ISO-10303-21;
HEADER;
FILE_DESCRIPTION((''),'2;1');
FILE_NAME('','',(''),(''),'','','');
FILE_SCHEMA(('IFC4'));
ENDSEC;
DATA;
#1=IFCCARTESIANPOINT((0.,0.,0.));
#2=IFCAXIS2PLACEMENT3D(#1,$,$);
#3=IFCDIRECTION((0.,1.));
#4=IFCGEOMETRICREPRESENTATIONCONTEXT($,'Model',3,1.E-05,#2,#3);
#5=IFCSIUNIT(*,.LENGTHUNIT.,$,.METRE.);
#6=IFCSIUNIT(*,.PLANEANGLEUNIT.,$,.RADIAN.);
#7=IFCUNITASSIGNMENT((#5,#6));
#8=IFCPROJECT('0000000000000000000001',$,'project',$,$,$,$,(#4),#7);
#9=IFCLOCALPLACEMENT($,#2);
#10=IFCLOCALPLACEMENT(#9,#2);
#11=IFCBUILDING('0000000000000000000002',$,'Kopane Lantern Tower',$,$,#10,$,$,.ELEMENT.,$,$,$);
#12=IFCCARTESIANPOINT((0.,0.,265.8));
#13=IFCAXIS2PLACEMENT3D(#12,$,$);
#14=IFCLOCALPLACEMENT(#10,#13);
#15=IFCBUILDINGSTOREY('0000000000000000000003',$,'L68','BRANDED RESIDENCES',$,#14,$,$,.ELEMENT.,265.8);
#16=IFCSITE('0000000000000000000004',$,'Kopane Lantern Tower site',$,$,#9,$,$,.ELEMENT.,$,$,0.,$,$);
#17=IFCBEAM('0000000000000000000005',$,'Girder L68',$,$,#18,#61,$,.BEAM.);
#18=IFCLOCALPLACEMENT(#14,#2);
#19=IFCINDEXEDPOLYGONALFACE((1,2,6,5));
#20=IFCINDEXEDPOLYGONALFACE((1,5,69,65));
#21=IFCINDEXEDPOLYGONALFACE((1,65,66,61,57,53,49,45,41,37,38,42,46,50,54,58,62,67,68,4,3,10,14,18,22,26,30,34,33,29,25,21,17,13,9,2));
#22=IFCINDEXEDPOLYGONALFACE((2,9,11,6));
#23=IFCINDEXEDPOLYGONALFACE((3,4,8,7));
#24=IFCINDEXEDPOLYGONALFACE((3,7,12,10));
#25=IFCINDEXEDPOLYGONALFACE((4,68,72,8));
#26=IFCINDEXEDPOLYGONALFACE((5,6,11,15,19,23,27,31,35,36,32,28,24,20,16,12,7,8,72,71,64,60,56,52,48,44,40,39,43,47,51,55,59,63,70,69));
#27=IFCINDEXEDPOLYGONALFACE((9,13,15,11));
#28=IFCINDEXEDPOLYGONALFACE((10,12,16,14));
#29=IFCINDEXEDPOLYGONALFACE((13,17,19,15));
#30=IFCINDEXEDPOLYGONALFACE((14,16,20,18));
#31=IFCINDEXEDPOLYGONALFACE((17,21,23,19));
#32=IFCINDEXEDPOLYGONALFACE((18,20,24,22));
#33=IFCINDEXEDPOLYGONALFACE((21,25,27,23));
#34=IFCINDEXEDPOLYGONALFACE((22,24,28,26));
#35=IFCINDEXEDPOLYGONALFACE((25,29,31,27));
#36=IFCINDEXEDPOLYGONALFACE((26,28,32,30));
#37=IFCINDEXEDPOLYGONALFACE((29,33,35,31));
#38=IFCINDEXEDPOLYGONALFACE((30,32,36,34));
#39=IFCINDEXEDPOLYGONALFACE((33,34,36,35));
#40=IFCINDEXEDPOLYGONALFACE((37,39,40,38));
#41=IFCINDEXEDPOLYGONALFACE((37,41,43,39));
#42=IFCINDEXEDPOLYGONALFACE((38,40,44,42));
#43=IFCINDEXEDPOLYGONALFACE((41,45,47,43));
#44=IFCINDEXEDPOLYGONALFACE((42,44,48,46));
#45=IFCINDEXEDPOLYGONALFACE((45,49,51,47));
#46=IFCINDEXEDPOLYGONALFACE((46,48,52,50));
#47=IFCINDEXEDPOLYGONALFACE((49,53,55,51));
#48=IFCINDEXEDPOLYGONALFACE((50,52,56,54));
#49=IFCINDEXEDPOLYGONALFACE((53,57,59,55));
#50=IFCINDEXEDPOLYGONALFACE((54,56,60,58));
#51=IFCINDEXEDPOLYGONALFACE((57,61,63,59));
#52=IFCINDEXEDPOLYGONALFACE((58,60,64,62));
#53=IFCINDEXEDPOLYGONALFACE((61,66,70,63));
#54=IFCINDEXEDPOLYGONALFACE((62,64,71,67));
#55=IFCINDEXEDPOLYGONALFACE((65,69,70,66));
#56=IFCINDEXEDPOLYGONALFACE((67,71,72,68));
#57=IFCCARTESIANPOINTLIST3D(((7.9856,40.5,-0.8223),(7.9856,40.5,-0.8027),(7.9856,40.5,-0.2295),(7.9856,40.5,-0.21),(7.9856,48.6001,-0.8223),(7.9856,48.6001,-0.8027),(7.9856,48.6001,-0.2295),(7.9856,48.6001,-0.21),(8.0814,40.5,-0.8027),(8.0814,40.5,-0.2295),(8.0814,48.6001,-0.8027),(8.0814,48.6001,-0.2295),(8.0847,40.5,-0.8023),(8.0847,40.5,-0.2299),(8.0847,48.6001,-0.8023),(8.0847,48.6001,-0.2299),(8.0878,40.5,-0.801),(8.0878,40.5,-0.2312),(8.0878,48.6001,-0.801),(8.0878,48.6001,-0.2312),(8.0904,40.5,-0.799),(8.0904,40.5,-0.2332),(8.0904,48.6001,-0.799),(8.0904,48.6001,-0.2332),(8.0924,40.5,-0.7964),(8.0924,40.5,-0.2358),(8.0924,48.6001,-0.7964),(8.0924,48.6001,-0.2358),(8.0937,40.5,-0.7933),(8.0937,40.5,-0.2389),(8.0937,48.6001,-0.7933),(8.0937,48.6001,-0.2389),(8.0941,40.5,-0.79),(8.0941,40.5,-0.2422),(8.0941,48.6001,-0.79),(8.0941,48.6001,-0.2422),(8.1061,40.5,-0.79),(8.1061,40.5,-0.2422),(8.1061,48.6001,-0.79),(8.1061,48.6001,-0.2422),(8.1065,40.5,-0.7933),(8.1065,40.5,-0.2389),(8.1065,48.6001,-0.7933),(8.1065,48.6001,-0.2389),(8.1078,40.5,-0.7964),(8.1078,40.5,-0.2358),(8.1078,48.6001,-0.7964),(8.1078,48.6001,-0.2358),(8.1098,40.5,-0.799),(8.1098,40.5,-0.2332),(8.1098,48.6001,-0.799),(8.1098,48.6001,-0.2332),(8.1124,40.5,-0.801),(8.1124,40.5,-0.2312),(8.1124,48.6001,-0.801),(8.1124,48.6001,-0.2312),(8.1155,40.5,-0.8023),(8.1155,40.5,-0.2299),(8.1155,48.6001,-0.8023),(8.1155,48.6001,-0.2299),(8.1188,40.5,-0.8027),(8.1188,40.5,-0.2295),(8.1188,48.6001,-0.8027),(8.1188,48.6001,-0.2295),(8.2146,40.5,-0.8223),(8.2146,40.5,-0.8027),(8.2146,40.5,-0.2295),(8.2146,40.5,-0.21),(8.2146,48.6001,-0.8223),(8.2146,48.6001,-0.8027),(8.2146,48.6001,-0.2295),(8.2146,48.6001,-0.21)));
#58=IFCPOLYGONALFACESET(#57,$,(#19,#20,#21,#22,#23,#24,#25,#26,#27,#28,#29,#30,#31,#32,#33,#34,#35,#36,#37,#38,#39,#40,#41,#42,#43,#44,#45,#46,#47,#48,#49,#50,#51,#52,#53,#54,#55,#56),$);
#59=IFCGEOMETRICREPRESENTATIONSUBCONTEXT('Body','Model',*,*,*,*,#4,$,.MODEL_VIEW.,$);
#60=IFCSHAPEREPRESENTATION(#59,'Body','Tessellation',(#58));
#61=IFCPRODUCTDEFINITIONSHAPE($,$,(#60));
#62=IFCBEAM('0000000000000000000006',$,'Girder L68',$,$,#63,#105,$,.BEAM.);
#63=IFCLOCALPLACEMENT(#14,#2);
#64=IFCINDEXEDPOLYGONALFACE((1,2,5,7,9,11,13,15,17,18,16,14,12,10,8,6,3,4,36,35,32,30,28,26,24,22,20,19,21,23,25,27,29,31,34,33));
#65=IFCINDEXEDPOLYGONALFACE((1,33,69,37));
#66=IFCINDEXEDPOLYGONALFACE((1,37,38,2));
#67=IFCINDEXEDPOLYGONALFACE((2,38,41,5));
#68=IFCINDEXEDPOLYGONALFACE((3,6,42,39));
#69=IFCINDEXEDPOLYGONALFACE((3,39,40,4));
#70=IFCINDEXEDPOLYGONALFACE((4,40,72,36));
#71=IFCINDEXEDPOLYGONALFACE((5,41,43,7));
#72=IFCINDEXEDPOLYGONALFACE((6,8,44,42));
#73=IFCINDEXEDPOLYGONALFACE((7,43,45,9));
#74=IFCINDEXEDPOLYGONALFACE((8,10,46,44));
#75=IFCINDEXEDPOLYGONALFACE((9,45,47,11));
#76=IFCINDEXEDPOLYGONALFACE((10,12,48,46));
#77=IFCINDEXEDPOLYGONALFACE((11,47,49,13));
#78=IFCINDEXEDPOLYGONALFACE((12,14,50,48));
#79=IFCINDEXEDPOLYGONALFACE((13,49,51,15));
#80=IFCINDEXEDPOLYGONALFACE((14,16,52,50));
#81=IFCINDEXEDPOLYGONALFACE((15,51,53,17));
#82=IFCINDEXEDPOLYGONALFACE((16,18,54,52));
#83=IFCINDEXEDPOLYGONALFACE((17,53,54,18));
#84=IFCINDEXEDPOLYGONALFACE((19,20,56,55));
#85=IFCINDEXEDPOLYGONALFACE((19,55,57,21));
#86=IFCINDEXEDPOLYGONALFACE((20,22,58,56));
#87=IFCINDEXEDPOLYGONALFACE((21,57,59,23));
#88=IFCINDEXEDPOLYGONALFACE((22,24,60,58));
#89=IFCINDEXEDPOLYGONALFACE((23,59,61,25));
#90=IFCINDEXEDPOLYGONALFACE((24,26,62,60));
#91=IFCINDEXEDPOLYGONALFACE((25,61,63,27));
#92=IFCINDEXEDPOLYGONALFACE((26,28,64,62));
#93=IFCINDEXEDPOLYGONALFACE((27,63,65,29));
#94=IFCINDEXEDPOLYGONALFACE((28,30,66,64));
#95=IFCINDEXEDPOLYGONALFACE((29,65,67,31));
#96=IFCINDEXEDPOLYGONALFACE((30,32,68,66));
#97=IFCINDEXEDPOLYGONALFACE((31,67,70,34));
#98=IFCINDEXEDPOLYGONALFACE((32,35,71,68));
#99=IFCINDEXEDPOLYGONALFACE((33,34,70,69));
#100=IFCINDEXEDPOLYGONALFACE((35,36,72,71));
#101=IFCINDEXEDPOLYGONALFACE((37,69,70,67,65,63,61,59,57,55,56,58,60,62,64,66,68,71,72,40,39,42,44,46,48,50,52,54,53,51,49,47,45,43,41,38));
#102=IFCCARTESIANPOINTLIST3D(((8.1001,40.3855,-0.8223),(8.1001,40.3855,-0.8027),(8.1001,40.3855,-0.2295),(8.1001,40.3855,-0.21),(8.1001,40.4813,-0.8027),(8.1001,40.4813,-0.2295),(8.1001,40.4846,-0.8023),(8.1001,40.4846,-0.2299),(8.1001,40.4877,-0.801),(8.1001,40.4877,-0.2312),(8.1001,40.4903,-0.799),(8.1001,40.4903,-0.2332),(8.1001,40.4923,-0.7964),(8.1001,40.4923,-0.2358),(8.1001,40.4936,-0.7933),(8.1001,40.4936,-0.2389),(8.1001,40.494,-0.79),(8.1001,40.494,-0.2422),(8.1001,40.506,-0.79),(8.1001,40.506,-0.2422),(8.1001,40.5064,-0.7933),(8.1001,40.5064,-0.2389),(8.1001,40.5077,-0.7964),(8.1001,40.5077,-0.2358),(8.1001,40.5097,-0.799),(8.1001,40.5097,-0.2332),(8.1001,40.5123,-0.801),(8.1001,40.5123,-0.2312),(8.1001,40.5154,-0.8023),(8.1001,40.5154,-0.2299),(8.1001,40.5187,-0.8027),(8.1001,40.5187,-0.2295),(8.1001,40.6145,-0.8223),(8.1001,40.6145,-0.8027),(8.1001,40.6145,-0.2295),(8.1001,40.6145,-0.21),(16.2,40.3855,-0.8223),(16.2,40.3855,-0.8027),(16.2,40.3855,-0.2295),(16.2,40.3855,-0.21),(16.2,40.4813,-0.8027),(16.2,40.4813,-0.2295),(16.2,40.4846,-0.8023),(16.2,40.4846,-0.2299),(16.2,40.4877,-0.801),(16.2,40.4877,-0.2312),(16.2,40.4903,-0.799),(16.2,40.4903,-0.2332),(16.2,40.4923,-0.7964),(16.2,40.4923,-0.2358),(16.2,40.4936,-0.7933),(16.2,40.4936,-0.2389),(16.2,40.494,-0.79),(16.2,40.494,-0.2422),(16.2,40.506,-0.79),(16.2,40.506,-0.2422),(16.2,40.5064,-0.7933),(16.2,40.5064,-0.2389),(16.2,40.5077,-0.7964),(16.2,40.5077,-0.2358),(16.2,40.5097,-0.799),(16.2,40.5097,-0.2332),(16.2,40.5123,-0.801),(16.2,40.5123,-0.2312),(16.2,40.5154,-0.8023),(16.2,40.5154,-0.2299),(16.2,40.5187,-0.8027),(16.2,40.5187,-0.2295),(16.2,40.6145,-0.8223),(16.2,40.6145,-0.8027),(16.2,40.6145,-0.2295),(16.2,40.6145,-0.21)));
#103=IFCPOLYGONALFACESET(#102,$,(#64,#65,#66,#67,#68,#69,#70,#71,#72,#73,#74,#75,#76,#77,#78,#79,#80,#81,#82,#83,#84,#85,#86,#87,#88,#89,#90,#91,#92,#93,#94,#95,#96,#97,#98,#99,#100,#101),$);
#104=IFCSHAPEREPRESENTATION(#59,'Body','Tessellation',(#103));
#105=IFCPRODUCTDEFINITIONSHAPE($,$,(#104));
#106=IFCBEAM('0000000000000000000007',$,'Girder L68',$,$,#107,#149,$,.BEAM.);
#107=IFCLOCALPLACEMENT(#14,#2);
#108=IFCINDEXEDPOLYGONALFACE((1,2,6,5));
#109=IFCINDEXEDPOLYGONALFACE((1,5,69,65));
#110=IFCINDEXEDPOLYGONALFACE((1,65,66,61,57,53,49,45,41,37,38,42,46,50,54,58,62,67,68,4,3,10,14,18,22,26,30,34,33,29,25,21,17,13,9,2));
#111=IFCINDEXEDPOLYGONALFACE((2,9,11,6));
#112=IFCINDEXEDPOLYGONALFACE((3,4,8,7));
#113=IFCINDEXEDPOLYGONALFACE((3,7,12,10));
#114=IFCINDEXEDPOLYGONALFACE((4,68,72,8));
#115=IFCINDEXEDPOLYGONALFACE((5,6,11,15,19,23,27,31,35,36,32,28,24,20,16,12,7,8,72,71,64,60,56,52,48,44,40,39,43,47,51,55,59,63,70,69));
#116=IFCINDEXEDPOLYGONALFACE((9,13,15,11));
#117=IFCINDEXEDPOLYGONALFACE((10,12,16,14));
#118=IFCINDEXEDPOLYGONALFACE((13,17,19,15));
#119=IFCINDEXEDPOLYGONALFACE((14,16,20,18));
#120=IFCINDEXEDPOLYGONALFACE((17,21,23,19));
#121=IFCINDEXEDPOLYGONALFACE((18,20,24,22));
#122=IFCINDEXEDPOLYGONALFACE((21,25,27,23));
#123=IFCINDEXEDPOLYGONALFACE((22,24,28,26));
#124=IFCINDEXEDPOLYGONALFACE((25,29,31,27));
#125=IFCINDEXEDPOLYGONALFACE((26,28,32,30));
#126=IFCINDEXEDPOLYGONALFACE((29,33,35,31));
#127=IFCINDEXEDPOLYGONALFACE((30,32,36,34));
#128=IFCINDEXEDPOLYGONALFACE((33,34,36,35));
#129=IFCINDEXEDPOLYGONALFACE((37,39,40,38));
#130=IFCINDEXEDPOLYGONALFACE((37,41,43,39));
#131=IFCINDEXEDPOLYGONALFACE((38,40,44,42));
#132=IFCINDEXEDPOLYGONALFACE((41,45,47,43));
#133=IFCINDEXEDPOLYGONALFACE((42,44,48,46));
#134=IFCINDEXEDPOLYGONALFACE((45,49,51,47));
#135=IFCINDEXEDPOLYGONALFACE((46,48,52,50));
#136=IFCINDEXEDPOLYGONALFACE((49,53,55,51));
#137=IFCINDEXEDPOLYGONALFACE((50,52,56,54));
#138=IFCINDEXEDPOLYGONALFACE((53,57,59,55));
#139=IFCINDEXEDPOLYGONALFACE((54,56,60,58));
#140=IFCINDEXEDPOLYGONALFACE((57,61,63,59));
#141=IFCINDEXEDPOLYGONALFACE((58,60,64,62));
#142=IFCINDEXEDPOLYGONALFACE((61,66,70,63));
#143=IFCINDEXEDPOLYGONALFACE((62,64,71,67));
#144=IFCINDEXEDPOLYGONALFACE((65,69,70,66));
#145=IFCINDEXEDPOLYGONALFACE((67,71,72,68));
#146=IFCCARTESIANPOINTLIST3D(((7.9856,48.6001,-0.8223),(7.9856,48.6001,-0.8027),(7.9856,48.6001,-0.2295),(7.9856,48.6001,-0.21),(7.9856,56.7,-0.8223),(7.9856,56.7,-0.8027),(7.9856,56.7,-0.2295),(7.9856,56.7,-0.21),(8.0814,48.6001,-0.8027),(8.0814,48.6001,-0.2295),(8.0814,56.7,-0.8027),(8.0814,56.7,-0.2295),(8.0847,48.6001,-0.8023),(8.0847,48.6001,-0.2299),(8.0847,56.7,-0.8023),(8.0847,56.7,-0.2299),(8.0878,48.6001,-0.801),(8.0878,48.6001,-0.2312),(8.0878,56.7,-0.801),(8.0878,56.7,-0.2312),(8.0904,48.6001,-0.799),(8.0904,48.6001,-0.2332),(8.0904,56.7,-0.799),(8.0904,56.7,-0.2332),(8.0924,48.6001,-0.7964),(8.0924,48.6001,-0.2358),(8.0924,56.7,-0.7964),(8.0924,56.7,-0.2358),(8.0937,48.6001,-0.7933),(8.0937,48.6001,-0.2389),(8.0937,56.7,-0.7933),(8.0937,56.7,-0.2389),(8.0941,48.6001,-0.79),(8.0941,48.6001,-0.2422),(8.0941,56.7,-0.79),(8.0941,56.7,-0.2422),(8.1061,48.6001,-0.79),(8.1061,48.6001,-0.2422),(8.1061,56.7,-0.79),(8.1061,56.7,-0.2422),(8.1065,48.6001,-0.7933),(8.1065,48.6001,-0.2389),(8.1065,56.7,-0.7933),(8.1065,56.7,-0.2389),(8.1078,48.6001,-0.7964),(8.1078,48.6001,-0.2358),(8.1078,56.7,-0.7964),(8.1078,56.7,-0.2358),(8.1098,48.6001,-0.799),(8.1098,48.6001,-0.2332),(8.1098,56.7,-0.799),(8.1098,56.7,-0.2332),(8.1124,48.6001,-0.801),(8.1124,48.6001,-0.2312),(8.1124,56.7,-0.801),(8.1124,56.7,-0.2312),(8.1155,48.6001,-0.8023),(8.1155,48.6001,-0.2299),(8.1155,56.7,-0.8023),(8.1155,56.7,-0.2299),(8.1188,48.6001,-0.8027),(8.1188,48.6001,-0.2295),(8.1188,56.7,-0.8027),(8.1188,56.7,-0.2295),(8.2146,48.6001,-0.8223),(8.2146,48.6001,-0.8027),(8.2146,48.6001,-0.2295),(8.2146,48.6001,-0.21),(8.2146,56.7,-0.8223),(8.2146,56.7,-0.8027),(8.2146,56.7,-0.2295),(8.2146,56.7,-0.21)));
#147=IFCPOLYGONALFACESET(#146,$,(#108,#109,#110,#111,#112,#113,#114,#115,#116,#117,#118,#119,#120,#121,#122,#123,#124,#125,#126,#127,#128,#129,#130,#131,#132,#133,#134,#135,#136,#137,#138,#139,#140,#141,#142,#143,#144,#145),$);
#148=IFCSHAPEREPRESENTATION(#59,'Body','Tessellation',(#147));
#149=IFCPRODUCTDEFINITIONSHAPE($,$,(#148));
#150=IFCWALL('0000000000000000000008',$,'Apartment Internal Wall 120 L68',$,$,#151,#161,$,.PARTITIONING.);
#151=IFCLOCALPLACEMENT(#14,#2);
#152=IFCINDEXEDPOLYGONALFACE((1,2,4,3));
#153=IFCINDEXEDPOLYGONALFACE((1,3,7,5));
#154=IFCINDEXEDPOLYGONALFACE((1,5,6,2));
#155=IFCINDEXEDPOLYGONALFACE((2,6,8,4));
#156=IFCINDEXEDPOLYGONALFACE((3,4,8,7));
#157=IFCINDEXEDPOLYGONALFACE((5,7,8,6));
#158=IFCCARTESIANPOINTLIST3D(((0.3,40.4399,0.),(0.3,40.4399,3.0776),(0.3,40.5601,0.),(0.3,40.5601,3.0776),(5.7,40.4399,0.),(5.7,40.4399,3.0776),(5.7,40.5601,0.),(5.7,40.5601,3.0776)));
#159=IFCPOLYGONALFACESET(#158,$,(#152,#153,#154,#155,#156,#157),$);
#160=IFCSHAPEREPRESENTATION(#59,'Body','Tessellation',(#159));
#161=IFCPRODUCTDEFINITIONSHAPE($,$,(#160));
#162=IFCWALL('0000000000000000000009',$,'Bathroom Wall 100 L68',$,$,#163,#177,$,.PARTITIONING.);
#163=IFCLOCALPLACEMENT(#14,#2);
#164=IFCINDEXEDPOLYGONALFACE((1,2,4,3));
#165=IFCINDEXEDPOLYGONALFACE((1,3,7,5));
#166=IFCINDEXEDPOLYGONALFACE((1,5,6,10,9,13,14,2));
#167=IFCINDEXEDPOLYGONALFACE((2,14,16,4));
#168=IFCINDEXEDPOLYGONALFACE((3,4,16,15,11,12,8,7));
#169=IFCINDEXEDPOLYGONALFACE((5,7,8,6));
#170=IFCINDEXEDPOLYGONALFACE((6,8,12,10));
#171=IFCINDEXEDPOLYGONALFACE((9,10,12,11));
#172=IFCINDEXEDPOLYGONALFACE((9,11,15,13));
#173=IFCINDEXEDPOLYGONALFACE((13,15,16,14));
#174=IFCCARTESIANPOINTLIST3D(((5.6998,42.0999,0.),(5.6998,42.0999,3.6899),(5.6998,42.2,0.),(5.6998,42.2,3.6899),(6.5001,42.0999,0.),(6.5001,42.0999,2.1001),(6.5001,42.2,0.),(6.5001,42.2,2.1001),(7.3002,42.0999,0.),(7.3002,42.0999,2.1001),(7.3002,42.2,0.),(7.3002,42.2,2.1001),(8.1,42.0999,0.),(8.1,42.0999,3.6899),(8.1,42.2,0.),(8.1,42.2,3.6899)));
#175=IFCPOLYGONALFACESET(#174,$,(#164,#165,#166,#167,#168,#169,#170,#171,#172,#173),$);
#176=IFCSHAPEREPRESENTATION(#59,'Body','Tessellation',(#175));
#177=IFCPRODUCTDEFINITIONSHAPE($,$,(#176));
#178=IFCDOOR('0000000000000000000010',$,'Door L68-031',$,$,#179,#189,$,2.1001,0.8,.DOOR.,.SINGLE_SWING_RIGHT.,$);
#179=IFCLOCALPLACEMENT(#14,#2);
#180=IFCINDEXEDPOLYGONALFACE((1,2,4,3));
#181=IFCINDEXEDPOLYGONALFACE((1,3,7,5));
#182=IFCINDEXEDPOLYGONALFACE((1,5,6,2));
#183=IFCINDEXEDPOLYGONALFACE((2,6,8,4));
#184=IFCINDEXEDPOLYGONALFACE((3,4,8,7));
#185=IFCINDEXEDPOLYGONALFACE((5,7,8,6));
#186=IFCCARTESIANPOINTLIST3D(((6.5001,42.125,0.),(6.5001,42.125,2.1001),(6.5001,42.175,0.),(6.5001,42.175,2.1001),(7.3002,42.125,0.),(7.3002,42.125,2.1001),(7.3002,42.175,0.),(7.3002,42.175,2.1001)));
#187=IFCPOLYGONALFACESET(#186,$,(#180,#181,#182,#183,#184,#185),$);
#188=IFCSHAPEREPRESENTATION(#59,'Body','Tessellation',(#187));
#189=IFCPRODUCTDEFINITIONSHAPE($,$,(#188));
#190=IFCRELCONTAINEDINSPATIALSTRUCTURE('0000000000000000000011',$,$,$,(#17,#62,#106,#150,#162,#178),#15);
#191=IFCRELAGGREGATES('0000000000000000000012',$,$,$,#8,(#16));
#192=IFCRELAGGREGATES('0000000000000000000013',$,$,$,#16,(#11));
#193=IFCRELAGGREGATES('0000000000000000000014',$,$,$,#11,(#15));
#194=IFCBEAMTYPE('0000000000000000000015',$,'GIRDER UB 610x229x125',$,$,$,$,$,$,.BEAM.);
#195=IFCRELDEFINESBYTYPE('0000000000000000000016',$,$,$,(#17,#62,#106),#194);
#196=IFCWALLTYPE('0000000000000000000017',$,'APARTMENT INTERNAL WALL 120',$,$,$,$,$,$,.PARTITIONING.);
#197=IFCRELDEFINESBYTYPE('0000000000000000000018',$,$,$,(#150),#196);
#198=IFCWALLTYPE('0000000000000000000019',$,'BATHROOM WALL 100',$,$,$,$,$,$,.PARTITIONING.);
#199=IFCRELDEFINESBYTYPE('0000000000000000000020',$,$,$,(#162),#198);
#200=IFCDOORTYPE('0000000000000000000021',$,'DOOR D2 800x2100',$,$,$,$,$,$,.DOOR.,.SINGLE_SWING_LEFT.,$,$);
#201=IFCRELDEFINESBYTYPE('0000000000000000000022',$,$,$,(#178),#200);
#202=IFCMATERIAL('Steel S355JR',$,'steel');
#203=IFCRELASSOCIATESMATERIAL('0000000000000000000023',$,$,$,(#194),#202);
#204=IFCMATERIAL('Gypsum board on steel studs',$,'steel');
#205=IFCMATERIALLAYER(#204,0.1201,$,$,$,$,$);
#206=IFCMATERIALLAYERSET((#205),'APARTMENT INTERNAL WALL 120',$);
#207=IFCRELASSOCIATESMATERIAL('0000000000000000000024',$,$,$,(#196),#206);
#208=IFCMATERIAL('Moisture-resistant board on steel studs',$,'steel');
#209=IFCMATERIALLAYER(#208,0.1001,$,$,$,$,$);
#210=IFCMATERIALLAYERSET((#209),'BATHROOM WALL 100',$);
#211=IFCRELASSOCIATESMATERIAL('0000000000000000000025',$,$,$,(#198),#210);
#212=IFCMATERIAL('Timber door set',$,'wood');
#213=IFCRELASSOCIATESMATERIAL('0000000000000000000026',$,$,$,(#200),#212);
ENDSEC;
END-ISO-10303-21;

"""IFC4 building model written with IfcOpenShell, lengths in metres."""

from ifc_helpers import new_model, si_unit, direction, frame, frame_2d, origin, origin_2d, place, context, subcontext, project, spatial, rectangle, i_section, extrude, material, layer, layer_set, material_profile, profile_set, type_object, element, fill, save


model = new_model("IFC4")

# Units and contexts
model_context = context("Model", 3, precision=1e-05, world=origin(), true_north=direction((0.0, 1.0)))
body_context = subcontext(model_context, "Body", "Model", "MODEL_VIEW")
ifc_project = project(units=[si_unit("LENGTHUNIT", "METRE"), si_unit("PLANEANGLEUNIT", "RADIAN")], contexts=[model_context])

# Site, building, storey
site_placement = place(None, origin())
site = spatial("IfcSite", under=ifc_project, at=site_placement, Name="Kopane Lantern Tower site", CompositionType="ELEMENT", RefElevation=0.0)
building_placement = place(site_placement, origin())
building = spatial("IfcBuilding", under=site, at=building_placement, Name="Kopane Lantern Tower", CompositionType="ELEMENT")
storey_placement = place(building_placement, frame((0.0, 0.0, 265.8)))
storey = spatial("IfcBuildingStorey", under=building, at=storey_placement, Name="L68", Description="BRANDED RESIDENCES", CompositionType="ELEMENT", Elevation=265.8)

# Beams
ifc_material_1 = material(Name="Steel S355JR", Category="steel")
ifc_material_profile_1 = material_profile(ifc_material_1, i_section(OverallWidth=0.229, OverallDepth=0.6123, WebThickness=0.012, FlangeThickness=0.0195, FilletRadius=0.0127, at=origin_2d()), Name="UB 610x229x125")
ifc_profile_set_1 = profile_set([ifc_material_profile_1], Name="Steel S355JR")
beam_type = type_object("IfcBeamType", Name="GIRDER UB 610x229x125", PredefinedType="BEAM", material=ifc_profile_set_1)
for number, where, z_axis, x_axis, name in (
    (1, (8.1001, 40.5, -0.5161), (0.0, 1.0, 0.0), (-1.0, 0.0, 0.0), "Girder L68"),
):
    element("IfcBeam", number, at=place(storey_placement, frame(where, z_axis=z_axis, x_axis=x_axis)), inside=storey, type_object=beam_type, Name=name, PredefinedType="BEAM", context=body_context, shape_type="SweptSolid", body=[
        extrude(i_section(OverallWidth=0.229, OverallDepth=0.6123, WebThickness=0.012, FlangeThickness=0.0195, FilletRadius=0.0127, at=origin_2d()), origin(), (0.0, 0.0, 1.0), 8.1001),
    ])
for number, where, z_axis, x_axis, name in (
    (2, (8.1001, 40.5, -0.5161), (1.0, 0.0, 0.0), (0.0, 1.0, 0.0), "Girder L68"),
    (3, (8.1001, 48.6001, -0.5161), (0.0, 1.0, 0.0), (-1.0, 0.0, 0.0), "Girder L68"),
):
    element("IfcBeam", number, at=place(storey_placement, frame(where, z_axis=z_axis, x_axis=x_axis)), inside=storey, type_object=beam_type, Name=name, PredefinedType="BEAM", context=body_context, shape_type="SweptSolid", body=[
        extrude(i_section(OverallWidth=0.229, OverallDepth=0.6123, WebThickness=0.012, FlangeThickness=0.0195, FilletRadius=0.0127, at=origin_2d()), origin(), (0.0, 0.0, 1.0), 8.0999),
    ])

# Wall
ifc_material_2 = material(Name="Gypsum board on steel studs", Category="steel")
ifc_layer_1 = layer(ifc_material_2, 0.1201)
ifc_layer_set_1 = layer_set([ifc_layer_1], Name="APARTMENT INTERNAL WALL 120")
wall_type_1 = type_object("IfcWallType", Name="APARTMENT INTERNAL WALL 120", PredefinedType="PARTITIONING", material=ifc_layer_set_1)
wall_1_placement = place(storey_placement, frame((5.7, 40.5, 0.0), z_axis=(0.0, 0.0, 1.0), x_axis=(-1.0, 0.0, 0.0)))
element("IfcWall", 4, at=wall_1_placement, inside=storey, type_object=wall_type_1, Name="Apartment Internal Wall 120 L68", PredefinedType="PARTITIONING", context=body_context, shape_type="SweptSolid", body=[
    extrude(rectangle(XDim=5.3999, YDim=0.1201, at=frame_2d((2.7, 0.0))), origin(), (0.0, 0.0, 1.0), 3.0776),
])

# Wall, opening, door
ifc_material_3 = material(Name="Moisture-resistant board on steel studs", Category="steel")
ifc_layer_2 = layer(ifc_material_3, 0.1001)
ifc_layer_set_2 = layer_set([ifc_layer_2], Name="BATHROOM WALL 100")
wall_type_2 = type_object("IfcWallType", Name="BATHROOM WALL 100", PredefinedType="PARTITIONING", material=ifc_layer_set_2)
wall_2_placement = place(storey_placement, frame((8.1001, 42.1499, 0.0), z_axis=(0.0, 0.0, 1.0), x_axis=(-1.0, 0.0, 0.0)))
wall_2 = element("IfcWall", 5, at=wall_2_placement, inside=storey, type_object=wall_type_2, Name="Bathroom Wall 100 L68", PredefinedType="PARTITIONING", context=body_context, shape_type="SweptSolid", body=[
    extrude(rectangle(XDim=2.4001, YDim=0.1001, at=frame_2d((1.2002, 0.0))), origin(), (0.0, 0.0, 1.0), 3.6899),
])
opening_1_placement = place(wall_2_placement, frame((0.8, 0.0, 0.0)))
opening_1 = element("IfcOpeningElement", 6, at=opening_1_placement, cuts=wall_2, PredefinedType="OPENING", context=body_context, shape_type="SweptSolid", body=[
    extrude(rectangle(XDim=0.8, YDim=2.1001, at=frame_2d((0.3999, 1.05))), frame((0.0, 0.0601, 0.0), z_axis=(0.0, -1.0, 0.0), x_axis=(1.0, 0.0, 0.0)), (0.0, 0.0, 1.0), 0.1201),
])
ifc_material_4 = material(Name="Timber door set", Category="wood")
door_type = type_object("IfcDoorType", Name="DOOR D2 800x2100", OperationType="SINGLE_SWING_LEFT", PredefinedType="DOOR", material=ifc_material_4)
door_1_placement = place(opening_1_placement, origin())
door_1 = element("IfcDoor", 7, at=door_1_placement, inside=storey, type_object=door_type, Name="Door L68-031", OperationType="SINGLE_SWING_RIGHT", OverallHeight=2.1001, OverallWidth=0.8, PredefinedType="DOOR", context=body_context, shape_type="SweptSolid", body=[
    extrude(rectangle(XDim=0.8, YDim=2.1001, at=frame_2d((0.3999, 1.05))), frame((0.0, 0.0249, 0.0), z_axis=(0.0, -1.0, 0.0), x_axis=(1.0, 0.0, 0.0)), (0.0, 0.0, 1.0), 0.05),
])
fill(opening_1, door_1)

save(model, "model.ifc")
